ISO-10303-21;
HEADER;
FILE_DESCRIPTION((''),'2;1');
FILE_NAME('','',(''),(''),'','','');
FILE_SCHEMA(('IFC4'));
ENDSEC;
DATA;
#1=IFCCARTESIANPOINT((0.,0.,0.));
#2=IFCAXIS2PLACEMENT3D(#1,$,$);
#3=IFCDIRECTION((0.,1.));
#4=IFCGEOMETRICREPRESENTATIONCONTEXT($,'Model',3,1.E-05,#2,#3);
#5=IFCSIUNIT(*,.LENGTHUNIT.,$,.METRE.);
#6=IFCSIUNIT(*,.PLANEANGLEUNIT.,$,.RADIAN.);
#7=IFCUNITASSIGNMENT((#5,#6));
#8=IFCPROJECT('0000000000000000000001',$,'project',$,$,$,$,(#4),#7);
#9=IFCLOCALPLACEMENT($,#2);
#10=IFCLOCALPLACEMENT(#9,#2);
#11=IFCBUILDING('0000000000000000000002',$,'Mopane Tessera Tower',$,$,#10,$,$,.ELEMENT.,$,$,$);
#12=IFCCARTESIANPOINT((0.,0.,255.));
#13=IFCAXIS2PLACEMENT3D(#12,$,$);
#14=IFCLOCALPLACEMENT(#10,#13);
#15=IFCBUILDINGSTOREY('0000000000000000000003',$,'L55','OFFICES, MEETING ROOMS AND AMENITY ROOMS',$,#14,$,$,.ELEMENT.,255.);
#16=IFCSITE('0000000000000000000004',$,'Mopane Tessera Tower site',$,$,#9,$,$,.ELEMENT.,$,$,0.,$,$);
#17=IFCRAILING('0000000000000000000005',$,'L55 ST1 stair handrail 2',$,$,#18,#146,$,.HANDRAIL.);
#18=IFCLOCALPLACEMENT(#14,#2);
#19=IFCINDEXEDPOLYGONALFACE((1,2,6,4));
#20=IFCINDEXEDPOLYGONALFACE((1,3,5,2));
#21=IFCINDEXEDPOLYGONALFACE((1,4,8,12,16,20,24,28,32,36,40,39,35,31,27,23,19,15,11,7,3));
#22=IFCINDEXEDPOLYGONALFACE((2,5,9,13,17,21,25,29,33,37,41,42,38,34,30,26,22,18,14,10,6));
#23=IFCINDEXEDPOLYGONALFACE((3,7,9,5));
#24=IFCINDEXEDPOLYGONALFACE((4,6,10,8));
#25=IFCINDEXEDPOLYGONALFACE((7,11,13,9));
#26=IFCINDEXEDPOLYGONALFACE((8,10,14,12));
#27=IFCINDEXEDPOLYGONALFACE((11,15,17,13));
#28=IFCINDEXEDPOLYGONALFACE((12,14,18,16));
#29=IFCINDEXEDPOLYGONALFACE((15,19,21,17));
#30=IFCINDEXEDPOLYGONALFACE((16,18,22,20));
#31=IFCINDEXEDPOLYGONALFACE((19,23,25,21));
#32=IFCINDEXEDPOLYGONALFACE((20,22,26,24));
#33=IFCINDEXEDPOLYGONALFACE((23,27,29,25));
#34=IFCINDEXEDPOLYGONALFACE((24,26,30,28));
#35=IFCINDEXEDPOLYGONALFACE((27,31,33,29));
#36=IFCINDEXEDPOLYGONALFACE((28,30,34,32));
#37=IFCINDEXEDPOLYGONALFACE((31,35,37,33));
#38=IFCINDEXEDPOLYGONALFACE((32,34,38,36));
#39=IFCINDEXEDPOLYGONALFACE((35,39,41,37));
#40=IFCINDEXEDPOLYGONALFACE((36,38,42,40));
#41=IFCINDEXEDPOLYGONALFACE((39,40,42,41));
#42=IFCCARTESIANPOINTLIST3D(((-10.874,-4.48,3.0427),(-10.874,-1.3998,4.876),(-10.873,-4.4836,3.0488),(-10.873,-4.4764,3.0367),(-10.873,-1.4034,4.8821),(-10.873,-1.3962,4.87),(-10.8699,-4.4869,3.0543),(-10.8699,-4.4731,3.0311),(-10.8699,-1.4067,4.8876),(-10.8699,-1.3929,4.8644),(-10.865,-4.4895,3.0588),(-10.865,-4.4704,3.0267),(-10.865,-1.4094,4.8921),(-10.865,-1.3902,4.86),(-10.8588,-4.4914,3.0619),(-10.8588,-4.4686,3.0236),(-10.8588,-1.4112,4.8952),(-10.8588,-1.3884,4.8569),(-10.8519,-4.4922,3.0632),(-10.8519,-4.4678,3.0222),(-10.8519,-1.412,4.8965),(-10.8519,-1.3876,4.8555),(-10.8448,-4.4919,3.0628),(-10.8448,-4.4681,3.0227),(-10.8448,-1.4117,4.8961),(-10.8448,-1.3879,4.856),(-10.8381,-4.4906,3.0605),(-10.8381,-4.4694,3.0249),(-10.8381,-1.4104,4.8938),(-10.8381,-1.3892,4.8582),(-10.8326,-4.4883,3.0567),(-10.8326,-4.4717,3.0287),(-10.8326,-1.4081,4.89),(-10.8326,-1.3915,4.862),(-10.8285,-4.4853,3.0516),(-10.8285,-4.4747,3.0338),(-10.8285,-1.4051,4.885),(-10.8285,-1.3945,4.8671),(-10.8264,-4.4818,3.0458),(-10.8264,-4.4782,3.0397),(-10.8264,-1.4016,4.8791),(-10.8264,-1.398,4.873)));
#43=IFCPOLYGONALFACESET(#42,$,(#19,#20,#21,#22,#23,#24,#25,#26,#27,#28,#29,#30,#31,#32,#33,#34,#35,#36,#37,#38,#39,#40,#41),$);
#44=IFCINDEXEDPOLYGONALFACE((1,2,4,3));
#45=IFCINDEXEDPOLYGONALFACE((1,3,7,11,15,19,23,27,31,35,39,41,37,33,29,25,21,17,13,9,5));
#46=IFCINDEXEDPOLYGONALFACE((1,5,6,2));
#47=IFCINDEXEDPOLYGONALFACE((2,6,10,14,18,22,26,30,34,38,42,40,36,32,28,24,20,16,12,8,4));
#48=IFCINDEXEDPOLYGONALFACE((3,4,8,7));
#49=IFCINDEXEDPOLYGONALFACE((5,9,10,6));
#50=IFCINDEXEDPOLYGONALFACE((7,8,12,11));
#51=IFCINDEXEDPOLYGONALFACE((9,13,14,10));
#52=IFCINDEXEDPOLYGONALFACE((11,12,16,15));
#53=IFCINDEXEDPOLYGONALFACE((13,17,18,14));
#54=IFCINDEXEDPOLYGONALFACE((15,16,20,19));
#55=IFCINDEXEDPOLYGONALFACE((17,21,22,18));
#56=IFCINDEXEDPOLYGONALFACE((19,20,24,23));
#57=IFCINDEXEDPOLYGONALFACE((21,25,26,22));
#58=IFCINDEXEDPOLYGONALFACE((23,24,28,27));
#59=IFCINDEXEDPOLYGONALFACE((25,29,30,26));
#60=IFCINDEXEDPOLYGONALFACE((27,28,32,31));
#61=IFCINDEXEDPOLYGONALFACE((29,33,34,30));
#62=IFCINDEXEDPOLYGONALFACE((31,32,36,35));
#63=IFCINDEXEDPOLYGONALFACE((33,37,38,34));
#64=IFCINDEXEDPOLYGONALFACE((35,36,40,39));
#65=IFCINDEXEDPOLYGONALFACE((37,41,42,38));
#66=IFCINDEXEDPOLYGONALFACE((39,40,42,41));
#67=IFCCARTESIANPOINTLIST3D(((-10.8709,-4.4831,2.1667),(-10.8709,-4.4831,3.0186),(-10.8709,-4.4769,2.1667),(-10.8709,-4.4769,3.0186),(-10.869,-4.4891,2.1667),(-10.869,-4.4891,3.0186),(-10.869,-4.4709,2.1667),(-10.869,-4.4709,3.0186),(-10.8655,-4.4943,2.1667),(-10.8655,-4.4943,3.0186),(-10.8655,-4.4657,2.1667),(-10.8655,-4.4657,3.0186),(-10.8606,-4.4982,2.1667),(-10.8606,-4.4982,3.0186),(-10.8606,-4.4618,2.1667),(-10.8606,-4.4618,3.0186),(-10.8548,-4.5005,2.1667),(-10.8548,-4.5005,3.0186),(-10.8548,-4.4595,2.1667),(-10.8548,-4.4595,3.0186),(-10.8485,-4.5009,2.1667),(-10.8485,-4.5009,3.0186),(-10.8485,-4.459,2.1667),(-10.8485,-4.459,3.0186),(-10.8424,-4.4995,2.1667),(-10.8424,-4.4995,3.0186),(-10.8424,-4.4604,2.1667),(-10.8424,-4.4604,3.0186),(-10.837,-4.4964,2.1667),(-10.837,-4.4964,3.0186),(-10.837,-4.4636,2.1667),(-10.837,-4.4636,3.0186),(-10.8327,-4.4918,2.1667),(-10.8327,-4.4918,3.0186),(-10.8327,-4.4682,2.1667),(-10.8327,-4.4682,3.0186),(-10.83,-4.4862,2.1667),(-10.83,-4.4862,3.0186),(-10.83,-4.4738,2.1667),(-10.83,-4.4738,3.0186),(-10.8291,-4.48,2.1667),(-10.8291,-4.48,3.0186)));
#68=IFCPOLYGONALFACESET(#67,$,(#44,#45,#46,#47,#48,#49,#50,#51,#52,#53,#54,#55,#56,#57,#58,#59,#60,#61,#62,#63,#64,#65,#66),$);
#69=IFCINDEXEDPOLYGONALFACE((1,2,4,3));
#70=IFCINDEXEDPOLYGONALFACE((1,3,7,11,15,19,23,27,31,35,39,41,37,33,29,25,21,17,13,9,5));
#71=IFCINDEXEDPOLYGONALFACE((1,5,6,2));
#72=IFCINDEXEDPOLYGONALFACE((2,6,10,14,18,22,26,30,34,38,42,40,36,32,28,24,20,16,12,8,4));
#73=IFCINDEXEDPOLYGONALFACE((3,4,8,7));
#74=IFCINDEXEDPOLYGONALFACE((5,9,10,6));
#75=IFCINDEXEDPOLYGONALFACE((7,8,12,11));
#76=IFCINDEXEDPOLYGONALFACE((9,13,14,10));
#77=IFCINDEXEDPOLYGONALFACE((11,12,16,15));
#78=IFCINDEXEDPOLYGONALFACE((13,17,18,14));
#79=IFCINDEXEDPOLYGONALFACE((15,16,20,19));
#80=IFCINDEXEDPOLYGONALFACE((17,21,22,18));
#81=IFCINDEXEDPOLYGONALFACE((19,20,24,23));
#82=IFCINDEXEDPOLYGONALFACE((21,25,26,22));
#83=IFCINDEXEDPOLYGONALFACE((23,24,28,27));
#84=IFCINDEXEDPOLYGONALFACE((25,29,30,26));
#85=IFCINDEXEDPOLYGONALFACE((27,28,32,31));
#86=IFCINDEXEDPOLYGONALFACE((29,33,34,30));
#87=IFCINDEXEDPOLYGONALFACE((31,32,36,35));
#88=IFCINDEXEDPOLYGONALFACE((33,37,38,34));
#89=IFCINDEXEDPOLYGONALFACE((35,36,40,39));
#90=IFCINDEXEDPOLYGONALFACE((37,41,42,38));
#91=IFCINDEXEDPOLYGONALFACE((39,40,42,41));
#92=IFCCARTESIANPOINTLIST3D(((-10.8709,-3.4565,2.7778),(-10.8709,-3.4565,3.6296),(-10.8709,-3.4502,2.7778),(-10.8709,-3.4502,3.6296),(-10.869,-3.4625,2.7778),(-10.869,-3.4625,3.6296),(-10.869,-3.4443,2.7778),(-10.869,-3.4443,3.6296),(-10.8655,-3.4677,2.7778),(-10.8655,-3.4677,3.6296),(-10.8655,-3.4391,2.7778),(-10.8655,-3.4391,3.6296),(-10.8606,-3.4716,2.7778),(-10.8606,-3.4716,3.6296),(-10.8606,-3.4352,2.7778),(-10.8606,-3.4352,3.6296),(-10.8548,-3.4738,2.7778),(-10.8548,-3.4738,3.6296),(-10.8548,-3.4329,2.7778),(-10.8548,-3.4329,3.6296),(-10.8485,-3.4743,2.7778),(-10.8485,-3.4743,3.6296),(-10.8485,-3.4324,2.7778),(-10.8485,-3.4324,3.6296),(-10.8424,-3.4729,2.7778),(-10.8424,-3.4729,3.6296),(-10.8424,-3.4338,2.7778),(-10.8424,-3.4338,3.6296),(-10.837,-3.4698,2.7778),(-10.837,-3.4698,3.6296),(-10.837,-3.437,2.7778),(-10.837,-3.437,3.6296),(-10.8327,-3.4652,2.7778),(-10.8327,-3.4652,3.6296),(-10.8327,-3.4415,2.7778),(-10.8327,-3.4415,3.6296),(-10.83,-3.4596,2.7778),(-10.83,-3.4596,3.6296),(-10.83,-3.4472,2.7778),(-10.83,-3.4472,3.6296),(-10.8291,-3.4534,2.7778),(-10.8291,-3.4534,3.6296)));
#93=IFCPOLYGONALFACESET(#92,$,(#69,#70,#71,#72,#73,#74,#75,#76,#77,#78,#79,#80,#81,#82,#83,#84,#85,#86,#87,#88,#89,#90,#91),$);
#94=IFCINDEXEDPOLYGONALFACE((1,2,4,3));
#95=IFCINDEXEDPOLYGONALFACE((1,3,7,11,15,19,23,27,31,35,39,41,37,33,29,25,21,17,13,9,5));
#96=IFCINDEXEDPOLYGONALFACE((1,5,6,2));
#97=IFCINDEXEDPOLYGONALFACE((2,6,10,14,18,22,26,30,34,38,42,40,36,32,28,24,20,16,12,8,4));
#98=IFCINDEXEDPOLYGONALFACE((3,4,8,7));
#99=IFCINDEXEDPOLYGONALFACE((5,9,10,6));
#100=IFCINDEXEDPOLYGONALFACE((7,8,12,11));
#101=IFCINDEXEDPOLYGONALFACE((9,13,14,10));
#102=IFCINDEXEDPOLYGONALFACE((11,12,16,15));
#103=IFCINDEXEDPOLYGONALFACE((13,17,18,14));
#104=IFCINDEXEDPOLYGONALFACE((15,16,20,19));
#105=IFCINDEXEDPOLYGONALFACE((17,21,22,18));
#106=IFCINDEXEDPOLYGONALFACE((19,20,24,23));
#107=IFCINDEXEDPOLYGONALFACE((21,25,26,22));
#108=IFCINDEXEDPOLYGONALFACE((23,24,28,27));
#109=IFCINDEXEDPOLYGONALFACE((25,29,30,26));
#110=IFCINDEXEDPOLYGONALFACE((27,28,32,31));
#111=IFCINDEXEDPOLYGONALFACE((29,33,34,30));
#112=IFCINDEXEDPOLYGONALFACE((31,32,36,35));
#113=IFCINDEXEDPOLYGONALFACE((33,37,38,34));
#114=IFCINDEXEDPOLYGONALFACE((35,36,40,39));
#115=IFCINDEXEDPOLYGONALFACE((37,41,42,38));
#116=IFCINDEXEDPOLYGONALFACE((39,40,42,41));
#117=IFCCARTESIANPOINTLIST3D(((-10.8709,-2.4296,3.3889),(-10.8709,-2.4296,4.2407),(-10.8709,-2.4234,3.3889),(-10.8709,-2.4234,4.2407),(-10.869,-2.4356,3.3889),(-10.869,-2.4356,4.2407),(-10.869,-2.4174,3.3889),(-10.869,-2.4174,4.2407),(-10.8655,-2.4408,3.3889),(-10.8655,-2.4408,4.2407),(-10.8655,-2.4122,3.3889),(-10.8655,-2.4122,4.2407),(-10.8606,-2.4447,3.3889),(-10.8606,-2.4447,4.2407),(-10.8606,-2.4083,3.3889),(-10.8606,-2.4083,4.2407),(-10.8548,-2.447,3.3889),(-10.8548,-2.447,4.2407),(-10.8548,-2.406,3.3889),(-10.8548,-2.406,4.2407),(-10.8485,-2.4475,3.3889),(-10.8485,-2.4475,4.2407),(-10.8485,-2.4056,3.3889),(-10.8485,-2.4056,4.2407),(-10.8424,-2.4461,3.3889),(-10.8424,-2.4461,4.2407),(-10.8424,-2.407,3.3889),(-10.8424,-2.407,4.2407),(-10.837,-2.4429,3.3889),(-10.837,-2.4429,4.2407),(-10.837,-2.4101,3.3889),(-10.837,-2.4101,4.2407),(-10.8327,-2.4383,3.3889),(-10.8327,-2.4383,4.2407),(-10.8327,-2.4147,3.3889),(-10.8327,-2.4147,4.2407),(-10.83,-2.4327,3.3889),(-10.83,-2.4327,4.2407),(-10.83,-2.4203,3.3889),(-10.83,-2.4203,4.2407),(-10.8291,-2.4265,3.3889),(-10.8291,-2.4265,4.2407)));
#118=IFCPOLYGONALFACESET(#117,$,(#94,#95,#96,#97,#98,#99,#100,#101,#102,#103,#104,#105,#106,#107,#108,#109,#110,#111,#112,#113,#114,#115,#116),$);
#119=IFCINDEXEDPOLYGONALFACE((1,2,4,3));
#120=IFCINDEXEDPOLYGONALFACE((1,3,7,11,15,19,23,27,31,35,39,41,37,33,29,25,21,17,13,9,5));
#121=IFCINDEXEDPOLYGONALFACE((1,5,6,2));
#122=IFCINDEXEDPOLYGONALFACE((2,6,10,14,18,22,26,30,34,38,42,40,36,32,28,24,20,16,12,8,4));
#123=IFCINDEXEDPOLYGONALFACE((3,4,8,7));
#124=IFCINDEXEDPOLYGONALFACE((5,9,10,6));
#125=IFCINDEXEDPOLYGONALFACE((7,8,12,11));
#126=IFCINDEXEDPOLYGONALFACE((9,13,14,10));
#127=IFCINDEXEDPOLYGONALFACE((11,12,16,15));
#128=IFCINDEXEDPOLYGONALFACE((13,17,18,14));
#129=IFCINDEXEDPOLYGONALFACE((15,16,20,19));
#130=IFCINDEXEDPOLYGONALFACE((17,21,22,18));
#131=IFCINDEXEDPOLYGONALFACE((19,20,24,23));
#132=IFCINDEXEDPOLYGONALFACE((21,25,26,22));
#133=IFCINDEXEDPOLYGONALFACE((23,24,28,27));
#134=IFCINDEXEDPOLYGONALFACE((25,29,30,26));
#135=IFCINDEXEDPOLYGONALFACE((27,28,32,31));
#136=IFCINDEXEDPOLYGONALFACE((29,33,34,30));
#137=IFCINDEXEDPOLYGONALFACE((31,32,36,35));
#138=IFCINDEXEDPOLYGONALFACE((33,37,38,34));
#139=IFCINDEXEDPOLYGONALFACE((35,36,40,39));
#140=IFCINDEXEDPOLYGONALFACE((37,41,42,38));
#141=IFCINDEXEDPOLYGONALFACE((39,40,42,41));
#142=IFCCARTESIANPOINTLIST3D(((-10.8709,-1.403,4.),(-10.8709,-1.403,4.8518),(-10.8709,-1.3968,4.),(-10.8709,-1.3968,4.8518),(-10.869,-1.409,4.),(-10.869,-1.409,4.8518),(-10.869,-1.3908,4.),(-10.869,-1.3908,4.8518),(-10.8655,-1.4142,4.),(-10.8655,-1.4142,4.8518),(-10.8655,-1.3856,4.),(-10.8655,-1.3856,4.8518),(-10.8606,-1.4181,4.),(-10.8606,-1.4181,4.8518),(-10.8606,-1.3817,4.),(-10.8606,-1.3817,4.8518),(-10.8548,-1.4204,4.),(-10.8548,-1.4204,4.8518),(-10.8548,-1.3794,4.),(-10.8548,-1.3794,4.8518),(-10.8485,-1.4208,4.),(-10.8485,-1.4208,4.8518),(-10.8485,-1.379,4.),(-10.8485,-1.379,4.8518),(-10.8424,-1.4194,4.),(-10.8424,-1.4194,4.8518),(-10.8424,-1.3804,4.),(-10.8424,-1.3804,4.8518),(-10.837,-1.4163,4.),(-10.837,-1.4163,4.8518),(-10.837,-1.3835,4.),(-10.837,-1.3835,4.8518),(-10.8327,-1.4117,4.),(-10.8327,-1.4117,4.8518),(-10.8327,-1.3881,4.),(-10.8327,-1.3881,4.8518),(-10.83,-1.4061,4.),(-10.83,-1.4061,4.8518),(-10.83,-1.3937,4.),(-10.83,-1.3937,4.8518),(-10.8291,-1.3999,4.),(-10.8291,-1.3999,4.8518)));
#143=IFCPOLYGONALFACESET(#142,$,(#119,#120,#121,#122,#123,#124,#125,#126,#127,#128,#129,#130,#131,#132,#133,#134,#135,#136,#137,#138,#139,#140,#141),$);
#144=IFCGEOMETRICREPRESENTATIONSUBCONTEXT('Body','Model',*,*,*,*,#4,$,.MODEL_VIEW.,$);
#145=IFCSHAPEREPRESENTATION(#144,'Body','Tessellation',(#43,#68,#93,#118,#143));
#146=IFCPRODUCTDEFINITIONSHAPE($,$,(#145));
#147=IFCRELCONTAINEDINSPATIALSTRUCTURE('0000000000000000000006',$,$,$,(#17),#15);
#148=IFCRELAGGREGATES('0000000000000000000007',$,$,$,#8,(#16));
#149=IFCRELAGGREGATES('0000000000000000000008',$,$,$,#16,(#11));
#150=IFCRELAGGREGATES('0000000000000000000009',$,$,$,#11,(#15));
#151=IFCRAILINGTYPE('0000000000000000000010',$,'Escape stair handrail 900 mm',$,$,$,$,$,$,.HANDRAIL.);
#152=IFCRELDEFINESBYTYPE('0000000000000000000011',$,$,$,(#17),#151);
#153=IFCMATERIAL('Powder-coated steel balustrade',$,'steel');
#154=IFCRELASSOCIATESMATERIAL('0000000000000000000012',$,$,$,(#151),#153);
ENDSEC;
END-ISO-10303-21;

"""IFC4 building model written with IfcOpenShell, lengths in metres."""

from ifc_helpers import new_model, si_unit, direction, frame, origin, origin_2d, place, context, subcontext, project, spatial, circle, extrude, material, type_object, element, save


model = new_model("IFC4")

# Units and contexts
model_context = context("Model", 3, precision=1e-05, world=origin(), true_north=direction((0.0, 1.0)))
body_context = subcontext(model_context, "Body", "Model", "MODEL_VIEW")
ifc_project = project(units=[si_unit("LENGTHUNIT", "METRE"), si_unit("PLANEANGLEUNIT", "RADIAN")], contexts=[model_context])

# Site, building, storey
site_placement = place(None, origin())
site = spatial("IfcSite", under=ifc_project, at=site_placement, Name="Mopane Tessera Tower site", CompositionType="ELEMENT", RefElevation=0.0)
building_placement = place(site_placement, origin())
building = spatial("IfcBuilding", under=site, at=building_placement, Name="Mopane Tessera Tower", CompositionType="ELEMENT")
storey_placement = place(building_placement, frame((0.0, 0.0, 255.0)))
storey = spatial("IfcBuildingStorey", under=building, at=storey_placement, Name="L55", Description="OFFICES, MEETING ROOMS AND AMENITY ROOMS", CompositionType="ELEMENT", Elevation=255.0)

# Railing
ifc_material_1 = material(Name="Powder-coated steel balustrade", Category="steel")
railing_type_1 = type_object("IfcRailingType", Name="Escape stair handrail 900 mm", PredefinedType="HANDRAIL", material=ifc_material_1)
railing_1_placement = place(storey_placement, frame((-10.8501, -4.48, 2.1667)))
element("IfcRailing", 1, at=railing_1_placement, inside=storey, type_object=railing_type_1, Name="L55 ST1 stair handrail 2", PredefinedType="HANDRAIL", context=body_context, shape_type="SweptSolid", body=[
    extrude(circle(Radius=0.0239, at=origin_2d()), frame((0.0, 0.0, 0.876), z_axis=(0.0, 0.859309, 0.511458), x_axis=(-1.0, 0.0, 0.0)), (0.0, 0.0, 1.0), 3.5845),
    extrude(circle(Radius=0.021, at=origin_2d()), origin(), (0.0, 0.0, 1.0), 0.8518),
    extrude(circle(Radius=0.021, at=origin_2d()), frame((0.0, 1.0266, 0.6111)), (0.0, 0.0, 1.0), 0.8518),
    extrude(circle(Radius=0.021, at=origin_2d()), frame((0.0, 2.0535, 1.2222)), (0.0, 0.0, 1.0), 0.8518),
    extrude(circle(Radius=0.021, at=origin_2d()), frame((0.0, 3.0801, 1.8333)), (0.0, 0.0, 1.0), 0.8518),
])

save(model, "model.ifc")
